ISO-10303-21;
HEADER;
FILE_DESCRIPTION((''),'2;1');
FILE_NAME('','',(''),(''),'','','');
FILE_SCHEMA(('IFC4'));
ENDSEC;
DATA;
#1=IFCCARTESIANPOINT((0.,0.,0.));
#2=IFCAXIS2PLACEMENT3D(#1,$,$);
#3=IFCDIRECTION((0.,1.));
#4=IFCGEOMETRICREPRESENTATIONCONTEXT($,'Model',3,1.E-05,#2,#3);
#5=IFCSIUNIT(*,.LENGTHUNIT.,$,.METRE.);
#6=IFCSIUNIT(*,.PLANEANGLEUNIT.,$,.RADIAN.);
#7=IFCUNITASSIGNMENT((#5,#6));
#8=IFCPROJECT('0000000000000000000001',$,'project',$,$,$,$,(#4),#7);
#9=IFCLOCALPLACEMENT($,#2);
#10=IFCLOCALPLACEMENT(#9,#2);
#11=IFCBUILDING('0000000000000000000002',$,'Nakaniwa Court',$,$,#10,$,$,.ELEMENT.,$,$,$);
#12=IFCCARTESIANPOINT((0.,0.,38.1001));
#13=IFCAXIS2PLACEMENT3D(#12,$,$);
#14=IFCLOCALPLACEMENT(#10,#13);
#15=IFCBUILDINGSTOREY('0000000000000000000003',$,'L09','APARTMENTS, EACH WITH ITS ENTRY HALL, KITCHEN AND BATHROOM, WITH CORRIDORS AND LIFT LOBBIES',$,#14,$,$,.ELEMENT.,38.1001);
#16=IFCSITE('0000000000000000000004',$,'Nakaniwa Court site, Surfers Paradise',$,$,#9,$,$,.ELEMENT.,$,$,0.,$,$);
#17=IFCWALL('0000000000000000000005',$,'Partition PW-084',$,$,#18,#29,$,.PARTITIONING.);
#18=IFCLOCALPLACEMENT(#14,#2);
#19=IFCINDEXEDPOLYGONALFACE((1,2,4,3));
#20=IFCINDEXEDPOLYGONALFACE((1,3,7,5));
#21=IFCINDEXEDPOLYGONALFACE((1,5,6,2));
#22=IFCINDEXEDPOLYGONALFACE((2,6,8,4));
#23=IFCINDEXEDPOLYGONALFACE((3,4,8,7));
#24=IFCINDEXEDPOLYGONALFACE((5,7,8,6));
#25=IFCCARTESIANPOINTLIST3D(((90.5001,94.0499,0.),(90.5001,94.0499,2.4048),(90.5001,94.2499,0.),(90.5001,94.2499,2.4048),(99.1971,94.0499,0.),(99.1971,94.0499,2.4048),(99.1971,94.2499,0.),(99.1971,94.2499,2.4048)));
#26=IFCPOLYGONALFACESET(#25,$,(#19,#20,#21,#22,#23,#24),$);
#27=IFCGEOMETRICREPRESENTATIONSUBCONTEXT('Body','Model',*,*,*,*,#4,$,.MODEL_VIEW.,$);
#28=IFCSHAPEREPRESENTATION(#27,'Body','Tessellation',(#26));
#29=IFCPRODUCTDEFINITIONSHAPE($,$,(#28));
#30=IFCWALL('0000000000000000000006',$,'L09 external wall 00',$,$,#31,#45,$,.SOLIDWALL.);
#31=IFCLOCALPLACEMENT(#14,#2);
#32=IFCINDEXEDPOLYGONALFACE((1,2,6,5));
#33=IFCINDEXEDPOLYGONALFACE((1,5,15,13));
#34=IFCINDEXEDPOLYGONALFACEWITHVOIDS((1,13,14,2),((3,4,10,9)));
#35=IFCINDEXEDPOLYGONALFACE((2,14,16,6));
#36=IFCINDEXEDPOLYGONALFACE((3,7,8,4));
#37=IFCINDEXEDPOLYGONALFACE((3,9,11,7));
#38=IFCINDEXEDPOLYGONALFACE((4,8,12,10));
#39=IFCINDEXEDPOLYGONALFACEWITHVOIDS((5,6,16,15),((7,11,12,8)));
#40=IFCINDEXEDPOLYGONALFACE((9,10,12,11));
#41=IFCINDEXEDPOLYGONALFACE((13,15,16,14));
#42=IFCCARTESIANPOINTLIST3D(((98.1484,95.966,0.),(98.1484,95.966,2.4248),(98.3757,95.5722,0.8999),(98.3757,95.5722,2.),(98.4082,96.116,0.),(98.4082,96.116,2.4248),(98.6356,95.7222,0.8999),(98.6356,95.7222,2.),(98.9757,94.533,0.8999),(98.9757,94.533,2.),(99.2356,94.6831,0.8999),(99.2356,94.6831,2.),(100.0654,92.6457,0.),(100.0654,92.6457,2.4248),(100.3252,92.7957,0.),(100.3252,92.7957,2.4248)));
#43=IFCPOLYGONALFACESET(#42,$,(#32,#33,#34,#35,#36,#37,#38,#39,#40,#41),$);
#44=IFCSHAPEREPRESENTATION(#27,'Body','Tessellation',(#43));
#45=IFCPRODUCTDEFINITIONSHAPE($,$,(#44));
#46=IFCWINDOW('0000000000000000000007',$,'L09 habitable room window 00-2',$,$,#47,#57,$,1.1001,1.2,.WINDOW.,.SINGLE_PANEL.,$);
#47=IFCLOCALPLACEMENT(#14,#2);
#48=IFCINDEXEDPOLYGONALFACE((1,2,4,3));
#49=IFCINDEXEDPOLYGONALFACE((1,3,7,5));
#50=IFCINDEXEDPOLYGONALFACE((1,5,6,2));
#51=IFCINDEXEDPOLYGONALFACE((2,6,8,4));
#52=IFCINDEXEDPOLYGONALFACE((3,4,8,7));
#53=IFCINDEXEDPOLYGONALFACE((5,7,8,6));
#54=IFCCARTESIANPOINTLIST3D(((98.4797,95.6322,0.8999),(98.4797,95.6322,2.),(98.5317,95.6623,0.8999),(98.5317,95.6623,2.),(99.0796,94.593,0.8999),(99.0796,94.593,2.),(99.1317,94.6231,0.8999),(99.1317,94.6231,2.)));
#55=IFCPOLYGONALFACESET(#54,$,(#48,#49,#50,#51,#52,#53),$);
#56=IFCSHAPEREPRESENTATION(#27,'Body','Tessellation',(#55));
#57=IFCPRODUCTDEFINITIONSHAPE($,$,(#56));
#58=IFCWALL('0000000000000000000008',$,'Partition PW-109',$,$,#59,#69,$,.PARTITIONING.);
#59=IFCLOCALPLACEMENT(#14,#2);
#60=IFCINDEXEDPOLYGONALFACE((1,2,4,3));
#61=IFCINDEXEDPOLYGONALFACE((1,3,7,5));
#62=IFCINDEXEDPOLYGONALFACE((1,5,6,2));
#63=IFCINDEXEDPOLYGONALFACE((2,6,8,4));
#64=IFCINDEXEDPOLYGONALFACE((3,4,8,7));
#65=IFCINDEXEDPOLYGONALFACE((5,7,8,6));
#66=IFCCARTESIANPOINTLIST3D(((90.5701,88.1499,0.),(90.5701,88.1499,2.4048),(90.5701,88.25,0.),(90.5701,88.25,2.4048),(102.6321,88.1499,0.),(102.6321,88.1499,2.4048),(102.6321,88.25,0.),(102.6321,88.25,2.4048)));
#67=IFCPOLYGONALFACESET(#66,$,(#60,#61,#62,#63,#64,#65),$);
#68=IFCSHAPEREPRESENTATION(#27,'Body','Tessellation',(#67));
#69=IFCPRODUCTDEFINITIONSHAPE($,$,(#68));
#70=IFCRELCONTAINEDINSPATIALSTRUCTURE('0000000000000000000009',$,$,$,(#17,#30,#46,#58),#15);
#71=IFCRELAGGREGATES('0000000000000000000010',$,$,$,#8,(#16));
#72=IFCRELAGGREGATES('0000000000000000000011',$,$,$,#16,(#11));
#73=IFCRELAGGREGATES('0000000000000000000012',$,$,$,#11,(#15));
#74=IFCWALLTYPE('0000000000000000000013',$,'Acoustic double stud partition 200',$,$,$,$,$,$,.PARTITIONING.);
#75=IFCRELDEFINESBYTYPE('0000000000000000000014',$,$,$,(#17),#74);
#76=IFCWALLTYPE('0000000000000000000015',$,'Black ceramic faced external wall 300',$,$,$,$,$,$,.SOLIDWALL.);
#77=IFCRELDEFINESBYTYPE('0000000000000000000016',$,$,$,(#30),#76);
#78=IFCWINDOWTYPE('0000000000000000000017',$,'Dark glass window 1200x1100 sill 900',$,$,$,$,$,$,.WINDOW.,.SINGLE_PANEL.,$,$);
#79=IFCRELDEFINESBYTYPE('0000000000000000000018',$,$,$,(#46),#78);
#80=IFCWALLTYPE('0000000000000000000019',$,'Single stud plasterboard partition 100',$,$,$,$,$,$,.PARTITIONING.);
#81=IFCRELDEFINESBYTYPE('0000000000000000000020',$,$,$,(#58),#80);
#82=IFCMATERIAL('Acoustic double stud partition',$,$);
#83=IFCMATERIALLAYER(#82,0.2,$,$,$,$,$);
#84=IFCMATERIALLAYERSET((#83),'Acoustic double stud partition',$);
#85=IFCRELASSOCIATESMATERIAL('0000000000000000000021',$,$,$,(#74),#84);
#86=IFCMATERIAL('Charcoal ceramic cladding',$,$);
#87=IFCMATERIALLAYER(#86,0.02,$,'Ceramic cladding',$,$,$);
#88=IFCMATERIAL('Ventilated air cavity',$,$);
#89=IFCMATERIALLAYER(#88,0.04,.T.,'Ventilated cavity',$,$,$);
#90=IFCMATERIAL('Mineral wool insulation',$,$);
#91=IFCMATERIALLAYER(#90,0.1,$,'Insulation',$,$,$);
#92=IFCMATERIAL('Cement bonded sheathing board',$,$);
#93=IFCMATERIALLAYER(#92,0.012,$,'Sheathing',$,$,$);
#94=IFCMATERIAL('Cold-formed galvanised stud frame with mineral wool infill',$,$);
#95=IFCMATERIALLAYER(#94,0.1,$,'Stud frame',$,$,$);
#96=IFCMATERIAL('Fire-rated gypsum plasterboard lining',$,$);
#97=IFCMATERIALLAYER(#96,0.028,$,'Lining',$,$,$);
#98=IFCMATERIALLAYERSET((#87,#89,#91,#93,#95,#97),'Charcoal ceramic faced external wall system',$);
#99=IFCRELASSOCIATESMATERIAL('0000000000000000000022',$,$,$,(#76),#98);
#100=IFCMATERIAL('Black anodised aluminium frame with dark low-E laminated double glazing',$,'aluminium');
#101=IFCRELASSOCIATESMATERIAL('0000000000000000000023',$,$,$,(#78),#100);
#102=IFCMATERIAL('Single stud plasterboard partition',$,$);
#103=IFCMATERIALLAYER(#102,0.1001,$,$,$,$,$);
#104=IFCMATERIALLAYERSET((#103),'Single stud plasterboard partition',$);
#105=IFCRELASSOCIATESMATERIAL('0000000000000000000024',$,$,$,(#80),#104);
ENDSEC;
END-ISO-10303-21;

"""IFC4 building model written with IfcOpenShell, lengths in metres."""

from ifc_helpers import new_model, si_unit, direction, frame, frame_2d, origin, place, context, subcontext, project, spatial, rectangle, extrude, material, layer, layer_set, type_object, element, fill, save


model = new_model("IFC4")

# Units and contexts
model_context = context("Model", 3, precision=1e-05, world=origin(), true_north=direction((0.0, 1.0)))
body_context = subcontext(model_context, "Body", "Model", "MODEL_VIEW")
ifc_project = project(units=[si_unit("LENGTHUNIT", "METRE"), si_unit("PLANEANGLEUNIT", "RADIAN")], contexts=[model_context])

# Site, building, storey
site_placement = place(None, origin())
site = spatial("IfcSite", under=ifc_project, at=site_placement, Name="Nakaniwa Court site, Surfers Paradise", CompositionType="ELEMENT", RefElevation=0.0)
building_placement = place(site_placement, origin())
building = spatial("IfcBuilding", under=site, at=building_placement, Name="Nakaniwa Court", CompositionType="ELEMENT")
storey_placement = place(building_placement, frame((0.0, 0.0, 38.1001)))
storey = spatial("IfcBuildingStorey", under=building, at=storey_placement, Name="L09", Description="APARTMENTS, EACH WITH ITS ENTRY HALL, KITCHEN AND BATHROOM, WITH CORRIDORS AND LIFT LOBBIES", CompositionType="ELEMENT", Elevation=38.1001)

# Shared definitions
ifc_material_1 = material(Name="Acoustic double stud partition")
ifc_layer_1 = layer(ifc_material_1, 0.2)
ifc_layer_set_1 = layer_set([ifc_layer_1], Name="Acoustic double stud partition")
wall_type_1 = type_object("IfcWallType", Name="Acoustic double stud partition 200", PredefinedType="PARTITIONING", material=ifc_layer_set_1)

# Wall
wall_1_placement = place(storey_placement, frame((90.5, 94.1499, 0.0), z_axis=(0.0, 0.0, 1.0), x_axis=(1.0, 0.0, 0.0)))
element("IfcWall", 1, at=wall_1_placement, inside=storey, type_object=wall_type_1, Name="Partition PW-084", PredefinedType="PARTITIONING", context=body_context, shape_type="SweptSolid", body=[
    extrude(rectangle(XDim=8.697, YDim=0.2, at=frame_2d((4.3486, 0.0))), origin(), (0.0, 0.0, 1.0), 2.4048),
])

# Wall, opening, window
ifc_material_2 = material(Name="Charcoal ceramic cladding")
ifc_layer_2 = layer(ifc_material_2, 0.02, Name="Ceramic cladding")
ifc_material_3 = material(Name="Ventilated air cavity")
ifc_layer_3 = layer(ifc_material_3, 0.04, ventilated=True, Name="Ventilated cavity")
ifc_material_4 = material(Name="Mineral wool insulation")
ifc_layer_4 = layer(ifc_material_4, 0.1, Name="Insulation")
ifc_material_5 = material(Name="Cement bonded sheathing board")
ifc_layer_5 = layer(ifc_material_5, 0.012, Name="Sheathing")
ifc_material_6 = material(Name="Cold-formed galvanised stud frame with mineral wool infill")
ifc_layer_6 = layer(ifc_material_6, 0.1, Name="Stud frame")
ifc_material_7 = material(Name="Fire-rated gypsum plasterboard lining")
ifc_layer_7 = layer(ifc_material_7, 0.028, Name="Lining")
ifc_layer_set_2 = layer_set([ifc_layer_2, ifc_layer_3, ifc_layer_4, ifc_layer_5, ifc_layer_6, ifc_layer_7], Name="Charcoal ceramic faced external wall system")
wall_type_2 = type_object("IfcWallType", Name="Black ceramic faced external wall 300", PredefinedType="SOLIDWALL", material=ifc_layer_set_2)
wall_2_placement = place(storey_placement, frame((100.1953, 92.7207, 0.0), z_axis=(0.0, 0.0, 1.0), x_axis=(-0.500002, 0.866024, 0.0)))
wall_2 = element("IfcWall", 2, at=wall_2_placement, inside=storey, type_object=wall_type_2, Name="L09 external wall 00", PredefinedType="SOLIDWALL", context=body_context, shape_type="SweptSolid", body=[
    extrude(rectangle(XDim=3.834, YDim=0.3, at=frame_2d((1.917, 0.0))), origin(), (0.0, 0.0, 1.0), 2.4248),
])
opening_1_placement = place(wall_2_placement, frame((2.1792, 0.0, 0.8999)))
opening_1 = element("IfcOpeningElement", 3, at=opening_1_placement, cuts=wall_2, PredefinedType="OPENING", context=body_context, shape_type="SweptSolid", body=[
    extrude(rectangle(XDim=1.2, YDim=1.1001, at=frame_2d((0.6001, 0.55))), frame((0.0, 0.1599, 0.0), z_axis=(0.0, -1.0, 0.0), x_axis=(1.0, 0.0, 0.0)), (0.0, 0.0, 1.0), 0.3201),
])
ifc_material_8 = material(Name="Black anodised aluminium frame with dark low-E laminated double glazing", Category="aluminium")
window_type = type_object("IfcWindowType", Name="Dark glass window 1200x1100 sill 900", PartitioningType="SINGLE_PANEL", PredefinedType="WINDOW", material=ifc_material_8)
window_placement = place(opening_1_placement, origin())
window = element("IfcWindow", 4, at=window_placement, inside=storey, type_object=window_type, Name="L09 habitable room window 00-2", OverallHeight=1.1001, OverallWidth=1.2, PartitioningType="SINGLE_PANEL", PredefinedType="WINDOW", context=body_context, shape_type="SweptSolid", body=[
    extrude(rectangle(XDim=1.2, YDim=1.1001, at=frame_2d((0.6001, 0.55))), frame((0.0, 0.03, 0.0), z_axis=(0.0, -1.0, 0.0), x_axis=(1.0, 0.0, 0.0)), (0.0, 0.0, 1.0), 0.0601),
])
fill(opening_1, window)

# Wall
ifc_material_9 = material(Name="Single stud plasterboard partition")
ifc_layer_8 = layer(ifc_material_9, 0.1001)
ifc_layer_set_3 = layer_set([ifc_layer_8], Name="Single stud plasterboard partition")
wall_type_3 = type_object("IfcWallType", Name="Single stud plasterboard partition 100", PredefinedType="PARTITIONING", material=ifc_layer_set_3)
wall_3_placement = place(storey_placement, frame((90.5701, 88.2, 0.0), z_axis=(0.0, 0.0, 1.0), x_axis=(1.0, 0.0, 0.0)))
element("IfcWall", 5, at=wall_3_placement, inside=storey, type_object=wall_type_3, Name="Partition PW-109", PredefinedType="PARTITIONING", context=body_context, shape_type="SweptSolid", body=[
    extrude(rectangle(XDim=12.062, YDim=0.1001, at=frame_2d((6.031, 0.0))), origin(), (0.0, 0.0, 1.0), 2.4048),
])

save(model, "model.ifc")
